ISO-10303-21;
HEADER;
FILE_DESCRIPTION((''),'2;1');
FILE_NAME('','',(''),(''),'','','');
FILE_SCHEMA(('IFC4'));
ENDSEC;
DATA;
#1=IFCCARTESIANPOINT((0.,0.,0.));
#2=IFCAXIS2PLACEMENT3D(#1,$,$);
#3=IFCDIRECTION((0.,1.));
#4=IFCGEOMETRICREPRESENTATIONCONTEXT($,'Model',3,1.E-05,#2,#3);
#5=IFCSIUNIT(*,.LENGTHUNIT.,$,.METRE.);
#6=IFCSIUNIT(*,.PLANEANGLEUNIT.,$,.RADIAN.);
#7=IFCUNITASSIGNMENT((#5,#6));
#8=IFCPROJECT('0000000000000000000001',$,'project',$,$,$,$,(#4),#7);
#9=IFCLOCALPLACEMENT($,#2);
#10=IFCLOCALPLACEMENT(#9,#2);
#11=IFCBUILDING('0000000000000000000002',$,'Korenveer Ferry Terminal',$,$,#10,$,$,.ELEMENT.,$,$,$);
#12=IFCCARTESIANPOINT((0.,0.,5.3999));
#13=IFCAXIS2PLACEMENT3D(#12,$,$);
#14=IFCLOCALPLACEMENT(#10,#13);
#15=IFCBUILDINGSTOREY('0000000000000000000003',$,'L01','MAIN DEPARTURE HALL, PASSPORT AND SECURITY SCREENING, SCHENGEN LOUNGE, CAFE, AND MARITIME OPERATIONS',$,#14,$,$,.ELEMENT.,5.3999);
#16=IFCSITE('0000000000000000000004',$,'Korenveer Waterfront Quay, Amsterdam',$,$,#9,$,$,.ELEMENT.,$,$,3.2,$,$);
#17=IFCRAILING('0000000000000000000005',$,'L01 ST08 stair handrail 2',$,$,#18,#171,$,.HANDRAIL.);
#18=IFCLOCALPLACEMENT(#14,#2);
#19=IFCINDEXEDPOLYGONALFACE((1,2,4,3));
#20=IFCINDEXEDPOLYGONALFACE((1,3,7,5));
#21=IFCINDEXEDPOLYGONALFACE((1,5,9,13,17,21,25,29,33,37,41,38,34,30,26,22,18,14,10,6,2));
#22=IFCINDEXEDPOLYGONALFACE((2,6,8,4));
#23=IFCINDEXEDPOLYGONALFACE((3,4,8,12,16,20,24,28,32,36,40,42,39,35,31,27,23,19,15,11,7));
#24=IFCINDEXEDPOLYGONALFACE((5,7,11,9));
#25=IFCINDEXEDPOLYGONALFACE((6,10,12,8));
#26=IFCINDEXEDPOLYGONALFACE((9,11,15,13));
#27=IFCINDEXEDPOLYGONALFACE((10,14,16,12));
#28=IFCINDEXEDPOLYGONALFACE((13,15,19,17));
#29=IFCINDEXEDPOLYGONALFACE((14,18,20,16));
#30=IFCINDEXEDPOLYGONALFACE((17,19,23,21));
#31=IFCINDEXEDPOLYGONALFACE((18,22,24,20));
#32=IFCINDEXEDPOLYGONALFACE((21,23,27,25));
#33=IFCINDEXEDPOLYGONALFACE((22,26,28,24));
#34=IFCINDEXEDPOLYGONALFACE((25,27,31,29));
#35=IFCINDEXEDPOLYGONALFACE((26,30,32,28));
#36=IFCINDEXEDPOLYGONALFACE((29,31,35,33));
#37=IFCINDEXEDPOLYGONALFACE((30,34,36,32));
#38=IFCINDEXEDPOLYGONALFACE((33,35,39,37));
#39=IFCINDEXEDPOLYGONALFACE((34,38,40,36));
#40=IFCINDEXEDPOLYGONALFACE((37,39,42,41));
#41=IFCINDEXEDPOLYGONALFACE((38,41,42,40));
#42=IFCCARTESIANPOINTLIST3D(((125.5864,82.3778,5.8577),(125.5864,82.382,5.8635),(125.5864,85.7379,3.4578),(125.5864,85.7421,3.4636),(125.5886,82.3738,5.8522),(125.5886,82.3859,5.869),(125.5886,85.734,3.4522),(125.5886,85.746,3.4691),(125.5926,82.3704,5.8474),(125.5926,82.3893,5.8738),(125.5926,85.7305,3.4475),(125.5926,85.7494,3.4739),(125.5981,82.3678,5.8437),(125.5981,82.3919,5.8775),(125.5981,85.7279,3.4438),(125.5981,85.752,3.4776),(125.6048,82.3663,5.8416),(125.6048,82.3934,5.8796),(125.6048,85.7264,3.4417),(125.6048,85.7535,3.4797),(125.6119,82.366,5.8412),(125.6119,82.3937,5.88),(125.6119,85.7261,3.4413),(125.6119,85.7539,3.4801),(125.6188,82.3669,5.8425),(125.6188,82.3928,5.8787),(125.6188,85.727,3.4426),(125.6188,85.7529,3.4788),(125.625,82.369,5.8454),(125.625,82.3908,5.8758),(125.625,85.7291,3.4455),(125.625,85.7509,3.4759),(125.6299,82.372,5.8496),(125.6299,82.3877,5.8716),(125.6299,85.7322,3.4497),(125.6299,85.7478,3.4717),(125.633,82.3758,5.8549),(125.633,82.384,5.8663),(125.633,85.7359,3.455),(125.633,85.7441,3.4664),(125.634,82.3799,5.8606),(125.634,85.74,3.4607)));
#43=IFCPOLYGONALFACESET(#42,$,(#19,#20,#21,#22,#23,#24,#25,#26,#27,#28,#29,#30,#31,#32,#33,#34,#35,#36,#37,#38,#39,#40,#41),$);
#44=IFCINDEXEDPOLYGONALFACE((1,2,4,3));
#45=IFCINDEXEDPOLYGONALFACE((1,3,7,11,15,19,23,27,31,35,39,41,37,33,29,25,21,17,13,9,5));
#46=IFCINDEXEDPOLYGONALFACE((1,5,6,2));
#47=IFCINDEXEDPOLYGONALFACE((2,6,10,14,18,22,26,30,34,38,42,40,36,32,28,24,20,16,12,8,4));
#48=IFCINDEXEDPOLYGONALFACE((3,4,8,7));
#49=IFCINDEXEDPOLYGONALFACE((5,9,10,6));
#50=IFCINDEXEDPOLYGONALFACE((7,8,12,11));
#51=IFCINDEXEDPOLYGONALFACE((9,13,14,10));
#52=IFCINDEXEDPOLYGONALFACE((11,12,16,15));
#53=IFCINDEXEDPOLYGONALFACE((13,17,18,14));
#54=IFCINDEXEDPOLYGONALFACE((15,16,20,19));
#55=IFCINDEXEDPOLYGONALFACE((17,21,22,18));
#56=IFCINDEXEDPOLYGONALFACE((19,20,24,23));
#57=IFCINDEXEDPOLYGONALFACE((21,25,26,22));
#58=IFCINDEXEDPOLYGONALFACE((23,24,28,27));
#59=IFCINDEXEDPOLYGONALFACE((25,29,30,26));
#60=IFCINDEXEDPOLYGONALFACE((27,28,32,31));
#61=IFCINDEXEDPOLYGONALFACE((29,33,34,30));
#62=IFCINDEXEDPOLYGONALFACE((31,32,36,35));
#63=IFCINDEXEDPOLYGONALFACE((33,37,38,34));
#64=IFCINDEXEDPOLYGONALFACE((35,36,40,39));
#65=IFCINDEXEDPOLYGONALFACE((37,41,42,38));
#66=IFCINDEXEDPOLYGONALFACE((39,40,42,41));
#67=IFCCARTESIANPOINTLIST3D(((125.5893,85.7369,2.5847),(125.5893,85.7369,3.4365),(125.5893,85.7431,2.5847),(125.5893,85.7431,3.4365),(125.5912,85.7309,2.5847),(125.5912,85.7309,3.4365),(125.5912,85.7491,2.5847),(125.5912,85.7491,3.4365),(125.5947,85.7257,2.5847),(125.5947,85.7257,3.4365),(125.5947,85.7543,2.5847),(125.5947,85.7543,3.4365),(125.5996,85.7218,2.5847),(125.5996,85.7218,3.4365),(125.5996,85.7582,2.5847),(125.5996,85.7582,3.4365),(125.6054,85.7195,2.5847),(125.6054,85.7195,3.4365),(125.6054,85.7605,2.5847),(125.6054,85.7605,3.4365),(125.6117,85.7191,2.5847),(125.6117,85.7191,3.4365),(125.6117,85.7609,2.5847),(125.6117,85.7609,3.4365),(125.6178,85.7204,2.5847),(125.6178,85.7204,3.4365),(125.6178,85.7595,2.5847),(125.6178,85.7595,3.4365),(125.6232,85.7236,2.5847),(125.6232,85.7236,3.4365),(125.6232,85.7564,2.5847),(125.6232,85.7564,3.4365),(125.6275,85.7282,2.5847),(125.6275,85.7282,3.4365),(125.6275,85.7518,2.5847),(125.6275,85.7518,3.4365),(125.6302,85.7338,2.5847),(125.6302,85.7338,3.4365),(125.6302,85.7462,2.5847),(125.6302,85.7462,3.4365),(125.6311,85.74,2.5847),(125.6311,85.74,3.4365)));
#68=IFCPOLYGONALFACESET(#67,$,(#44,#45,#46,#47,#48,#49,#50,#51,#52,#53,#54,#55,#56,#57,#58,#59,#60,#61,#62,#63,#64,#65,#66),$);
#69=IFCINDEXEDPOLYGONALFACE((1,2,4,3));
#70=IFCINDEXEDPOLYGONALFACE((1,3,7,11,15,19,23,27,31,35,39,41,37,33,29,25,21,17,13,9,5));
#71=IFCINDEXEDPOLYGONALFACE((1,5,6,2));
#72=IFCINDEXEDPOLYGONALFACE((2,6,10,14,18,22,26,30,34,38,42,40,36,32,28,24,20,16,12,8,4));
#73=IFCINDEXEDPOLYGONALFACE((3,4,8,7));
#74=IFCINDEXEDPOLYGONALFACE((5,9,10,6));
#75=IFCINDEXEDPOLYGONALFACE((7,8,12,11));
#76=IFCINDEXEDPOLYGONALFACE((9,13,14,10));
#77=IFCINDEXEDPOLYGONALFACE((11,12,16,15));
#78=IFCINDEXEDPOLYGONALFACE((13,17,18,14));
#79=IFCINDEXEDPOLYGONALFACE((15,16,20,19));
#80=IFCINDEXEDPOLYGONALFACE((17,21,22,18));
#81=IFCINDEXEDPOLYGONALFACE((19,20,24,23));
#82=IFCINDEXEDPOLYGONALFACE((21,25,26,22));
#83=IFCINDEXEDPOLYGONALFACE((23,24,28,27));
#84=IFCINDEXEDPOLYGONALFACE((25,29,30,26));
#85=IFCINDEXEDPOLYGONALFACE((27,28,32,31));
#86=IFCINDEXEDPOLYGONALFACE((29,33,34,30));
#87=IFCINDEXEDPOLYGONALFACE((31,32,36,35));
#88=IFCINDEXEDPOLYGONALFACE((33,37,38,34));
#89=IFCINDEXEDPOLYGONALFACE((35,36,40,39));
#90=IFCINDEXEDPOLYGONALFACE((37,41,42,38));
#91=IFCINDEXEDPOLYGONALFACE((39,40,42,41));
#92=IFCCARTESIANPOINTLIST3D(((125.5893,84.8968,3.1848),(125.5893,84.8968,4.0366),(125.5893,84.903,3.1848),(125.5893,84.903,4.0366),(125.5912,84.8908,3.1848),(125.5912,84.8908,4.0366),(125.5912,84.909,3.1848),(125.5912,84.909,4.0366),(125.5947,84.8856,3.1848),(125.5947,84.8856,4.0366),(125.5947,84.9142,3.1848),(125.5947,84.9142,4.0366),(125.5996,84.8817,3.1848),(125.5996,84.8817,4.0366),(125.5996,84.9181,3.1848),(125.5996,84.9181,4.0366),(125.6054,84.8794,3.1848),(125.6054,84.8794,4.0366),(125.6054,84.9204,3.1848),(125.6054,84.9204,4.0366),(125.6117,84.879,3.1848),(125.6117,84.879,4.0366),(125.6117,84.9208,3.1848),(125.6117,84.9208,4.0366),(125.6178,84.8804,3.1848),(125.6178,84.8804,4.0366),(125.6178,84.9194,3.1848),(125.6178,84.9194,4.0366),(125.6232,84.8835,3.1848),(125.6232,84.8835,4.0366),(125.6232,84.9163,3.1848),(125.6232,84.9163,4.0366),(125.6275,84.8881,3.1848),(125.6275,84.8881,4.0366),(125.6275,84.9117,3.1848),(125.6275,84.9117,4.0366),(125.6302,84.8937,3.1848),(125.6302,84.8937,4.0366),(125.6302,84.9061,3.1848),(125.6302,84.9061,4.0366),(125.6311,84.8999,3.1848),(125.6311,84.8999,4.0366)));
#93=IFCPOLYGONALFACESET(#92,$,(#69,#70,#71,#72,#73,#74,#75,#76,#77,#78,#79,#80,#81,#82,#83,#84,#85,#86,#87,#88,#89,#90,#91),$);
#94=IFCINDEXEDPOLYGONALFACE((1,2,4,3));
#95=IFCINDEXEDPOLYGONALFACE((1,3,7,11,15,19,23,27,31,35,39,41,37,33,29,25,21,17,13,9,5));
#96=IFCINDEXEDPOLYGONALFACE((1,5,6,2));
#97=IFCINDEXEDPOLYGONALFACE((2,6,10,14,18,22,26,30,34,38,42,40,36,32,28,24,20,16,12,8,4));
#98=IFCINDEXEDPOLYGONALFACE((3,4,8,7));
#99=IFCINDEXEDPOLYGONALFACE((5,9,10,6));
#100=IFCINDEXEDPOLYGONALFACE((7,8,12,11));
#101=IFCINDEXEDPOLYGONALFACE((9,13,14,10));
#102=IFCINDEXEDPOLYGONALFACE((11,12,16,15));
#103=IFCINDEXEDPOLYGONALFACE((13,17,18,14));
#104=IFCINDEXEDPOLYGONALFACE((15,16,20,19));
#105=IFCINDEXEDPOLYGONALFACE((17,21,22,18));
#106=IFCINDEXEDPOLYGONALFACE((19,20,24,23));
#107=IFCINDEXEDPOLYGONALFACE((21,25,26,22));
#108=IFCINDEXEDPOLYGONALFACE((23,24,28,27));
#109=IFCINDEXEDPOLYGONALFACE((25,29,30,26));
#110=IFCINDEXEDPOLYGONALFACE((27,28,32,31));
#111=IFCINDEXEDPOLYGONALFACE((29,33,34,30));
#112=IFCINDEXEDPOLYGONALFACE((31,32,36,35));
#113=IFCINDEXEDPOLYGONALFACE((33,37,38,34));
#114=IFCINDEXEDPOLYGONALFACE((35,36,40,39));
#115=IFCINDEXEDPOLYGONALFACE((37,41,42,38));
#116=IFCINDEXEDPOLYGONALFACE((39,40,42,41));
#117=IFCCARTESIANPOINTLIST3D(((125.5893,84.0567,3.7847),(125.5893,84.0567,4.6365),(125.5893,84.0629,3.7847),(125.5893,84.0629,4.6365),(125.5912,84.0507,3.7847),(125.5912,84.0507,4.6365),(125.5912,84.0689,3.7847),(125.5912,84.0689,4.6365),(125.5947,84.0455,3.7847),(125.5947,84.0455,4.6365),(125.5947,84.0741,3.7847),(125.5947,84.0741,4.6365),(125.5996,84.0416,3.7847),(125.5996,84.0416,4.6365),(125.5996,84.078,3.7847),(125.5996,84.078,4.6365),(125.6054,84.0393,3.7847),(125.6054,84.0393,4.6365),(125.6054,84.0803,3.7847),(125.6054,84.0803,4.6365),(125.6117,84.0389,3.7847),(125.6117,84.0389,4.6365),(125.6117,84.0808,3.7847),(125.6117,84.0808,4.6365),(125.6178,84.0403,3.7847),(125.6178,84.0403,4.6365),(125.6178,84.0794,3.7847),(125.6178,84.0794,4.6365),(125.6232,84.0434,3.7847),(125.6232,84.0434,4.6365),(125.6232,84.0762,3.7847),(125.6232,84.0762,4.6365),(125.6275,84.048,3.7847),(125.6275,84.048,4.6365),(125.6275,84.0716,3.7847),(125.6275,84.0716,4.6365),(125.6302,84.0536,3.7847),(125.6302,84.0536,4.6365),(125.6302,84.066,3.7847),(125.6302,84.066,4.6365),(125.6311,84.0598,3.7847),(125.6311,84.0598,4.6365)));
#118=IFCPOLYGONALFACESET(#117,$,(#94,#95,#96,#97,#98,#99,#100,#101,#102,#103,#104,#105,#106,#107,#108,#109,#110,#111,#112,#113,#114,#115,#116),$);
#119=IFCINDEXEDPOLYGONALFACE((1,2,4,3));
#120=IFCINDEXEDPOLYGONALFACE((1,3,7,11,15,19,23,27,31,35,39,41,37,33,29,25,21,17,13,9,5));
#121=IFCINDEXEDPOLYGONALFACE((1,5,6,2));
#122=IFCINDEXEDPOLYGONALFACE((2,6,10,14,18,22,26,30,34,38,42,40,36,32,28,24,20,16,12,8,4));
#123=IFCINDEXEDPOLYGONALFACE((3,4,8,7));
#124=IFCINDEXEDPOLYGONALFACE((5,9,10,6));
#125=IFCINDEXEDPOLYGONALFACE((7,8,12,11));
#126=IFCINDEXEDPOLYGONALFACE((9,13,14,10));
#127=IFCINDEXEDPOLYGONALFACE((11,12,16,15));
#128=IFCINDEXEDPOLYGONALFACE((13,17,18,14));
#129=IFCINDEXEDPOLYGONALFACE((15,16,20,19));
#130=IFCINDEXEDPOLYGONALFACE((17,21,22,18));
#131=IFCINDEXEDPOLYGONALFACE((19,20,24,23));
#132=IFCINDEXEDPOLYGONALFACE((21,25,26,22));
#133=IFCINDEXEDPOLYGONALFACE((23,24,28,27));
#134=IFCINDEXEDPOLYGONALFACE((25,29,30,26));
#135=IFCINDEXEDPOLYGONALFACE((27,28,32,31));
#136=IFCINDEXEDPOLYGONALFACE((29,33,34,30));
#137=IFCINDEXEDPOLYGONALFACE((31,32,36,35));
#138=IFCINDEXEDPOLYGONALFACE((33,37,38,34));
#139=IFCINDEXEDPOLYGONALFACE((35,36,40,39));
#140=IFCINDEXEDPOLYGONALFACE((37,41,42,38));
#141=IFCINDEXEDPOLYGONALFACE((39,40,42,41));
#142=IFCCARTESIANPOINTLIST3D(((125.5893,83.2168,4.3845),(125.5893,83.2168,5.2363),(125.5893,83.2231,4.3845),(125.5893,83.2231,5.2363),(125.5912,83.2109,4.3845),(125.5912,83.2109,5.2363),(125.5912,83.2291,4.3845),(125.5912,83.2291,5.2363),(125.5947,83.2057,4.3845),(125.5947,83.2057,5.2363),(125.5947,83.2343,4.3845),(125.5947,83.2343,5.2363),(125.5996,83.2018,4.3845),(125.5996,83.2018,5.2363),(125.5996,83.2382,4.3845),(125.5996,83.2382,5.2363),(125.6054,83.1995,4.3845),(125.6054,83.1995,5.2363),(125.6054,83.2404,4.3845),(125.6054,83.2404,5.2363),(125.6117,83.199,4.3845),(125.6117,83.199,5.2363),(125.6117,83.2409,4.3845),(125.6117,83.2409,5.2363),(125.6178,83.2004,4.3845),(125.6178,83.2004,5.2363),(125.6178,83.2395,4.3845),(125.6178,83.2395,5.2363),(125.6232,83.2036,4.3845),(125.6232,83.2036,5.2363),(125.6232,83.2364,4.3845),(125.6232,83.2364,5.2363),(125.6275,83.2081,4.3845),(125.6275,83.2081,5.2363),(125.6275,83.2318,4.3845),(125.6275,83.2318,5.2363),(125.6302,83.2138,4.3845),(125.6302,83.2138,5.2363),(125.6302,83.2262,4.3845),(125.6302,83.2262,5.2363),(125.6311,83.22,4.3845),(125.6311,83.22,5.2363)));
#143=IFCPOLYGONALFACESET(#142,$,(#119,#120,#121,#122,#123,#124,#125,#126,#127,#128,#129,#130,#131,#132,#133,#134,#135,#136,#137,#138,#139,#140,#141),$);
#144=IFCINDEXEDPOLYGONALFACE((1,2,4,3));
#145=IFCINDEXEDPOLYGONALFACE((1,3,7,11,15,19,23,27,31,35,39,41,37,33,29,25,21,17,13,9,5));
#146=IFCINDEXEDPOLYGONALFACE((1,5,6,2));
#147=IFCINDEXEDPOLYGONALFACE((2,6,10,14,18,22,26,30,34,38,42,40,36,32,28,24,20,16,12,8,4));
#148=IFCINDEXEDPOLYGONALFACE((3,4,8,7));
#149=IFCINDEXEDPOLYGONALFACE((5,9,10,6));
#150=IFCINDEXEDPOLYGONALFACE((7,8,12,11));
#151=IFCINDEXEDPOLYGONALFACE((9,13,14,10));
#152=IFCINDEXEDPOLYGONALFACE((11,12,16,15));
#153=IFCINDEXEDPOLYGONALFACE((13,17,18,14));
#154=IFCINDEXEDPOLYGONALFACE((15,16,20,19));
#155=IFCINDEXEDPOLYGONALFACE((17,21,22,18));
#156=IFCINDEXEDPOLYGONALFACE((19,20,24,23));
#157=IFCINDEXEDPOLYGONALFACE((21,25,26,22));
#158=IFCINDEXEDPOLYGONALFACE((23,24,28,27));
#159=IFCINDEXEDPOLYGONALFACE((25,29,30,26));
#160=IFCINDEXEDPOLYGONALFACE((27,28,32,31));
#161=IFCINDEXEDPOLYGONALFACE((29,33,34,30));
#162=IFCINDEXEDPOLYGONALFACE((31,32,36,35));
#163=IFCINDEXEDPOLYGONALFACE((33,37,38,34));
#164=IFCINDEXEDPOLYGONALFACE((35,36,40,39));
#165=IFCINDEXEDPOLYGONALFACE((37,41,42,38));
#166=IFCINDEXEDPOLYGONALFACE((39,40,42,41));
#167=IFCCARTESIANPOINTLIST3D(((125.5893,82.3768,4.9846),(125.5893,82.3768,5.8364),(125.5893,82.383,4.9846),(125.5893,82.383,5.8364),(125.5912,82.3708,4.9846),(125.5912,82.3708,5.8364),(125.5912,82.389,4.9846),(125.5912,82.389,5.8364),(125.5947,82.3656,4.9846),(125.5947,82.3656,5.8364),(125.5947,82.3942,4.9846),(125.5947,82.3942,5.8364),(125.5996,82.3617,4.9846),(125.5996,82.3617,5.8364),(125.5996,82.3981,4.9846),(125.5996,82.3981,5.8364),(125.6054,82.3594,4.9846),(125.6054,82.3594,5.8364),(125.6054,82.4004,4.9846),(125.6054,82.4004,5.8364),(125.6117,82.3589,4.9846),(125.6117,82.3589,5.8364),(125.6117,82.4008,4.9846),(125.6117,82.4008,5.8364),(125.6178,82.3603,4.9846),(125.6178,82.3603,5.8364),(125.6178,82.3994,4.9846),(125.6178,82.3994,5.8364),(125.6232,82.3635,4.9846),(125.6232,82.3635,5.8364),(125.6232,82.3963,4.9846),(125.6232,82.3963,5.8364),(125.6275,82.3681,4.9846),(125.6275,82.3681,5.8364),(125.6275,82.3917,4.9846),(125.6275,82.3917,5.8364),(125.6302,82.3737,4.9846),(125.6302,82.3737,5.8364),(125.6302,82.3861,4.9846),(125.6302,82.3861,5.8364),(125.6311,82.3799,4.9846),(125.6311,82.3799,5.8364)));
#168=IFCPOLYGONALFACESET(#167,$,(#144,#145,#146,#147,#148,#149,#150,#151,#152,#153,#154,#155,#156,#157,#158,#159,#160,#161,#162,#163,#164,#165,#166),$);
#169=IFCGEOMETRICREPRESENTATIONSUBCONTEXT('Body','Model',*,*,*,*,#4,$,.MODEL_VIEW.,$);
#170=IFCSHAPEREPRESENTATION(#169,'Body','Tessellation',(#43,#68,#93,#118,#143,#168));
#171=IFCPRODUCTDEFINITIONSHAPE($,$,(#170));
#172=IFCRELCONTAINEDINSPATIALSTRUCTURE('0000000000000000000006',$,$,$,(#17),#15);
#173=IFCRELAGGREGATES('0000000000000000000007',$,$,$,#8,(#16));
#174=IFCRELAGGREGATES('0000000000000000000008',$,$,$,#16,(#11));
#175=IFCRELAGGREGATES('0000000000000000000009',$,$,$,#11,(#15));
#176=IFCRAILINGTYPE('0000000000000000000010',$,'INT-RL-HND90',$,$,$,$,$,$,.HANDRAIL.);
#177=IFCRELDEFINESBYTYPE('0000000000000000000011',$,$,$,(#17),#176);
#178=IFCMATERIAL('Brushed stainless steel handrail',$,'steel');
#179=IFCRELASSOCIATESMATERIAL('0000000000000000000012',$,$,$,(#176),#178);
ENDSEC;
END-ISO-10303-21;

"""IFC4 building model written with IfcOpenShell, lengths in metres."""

from ifc_helpers import new_model, si_unit, direction, frame, origin, origin_2d, place, context, subcontext, project, spatial, circle, extrude, material, type_object, element, save


model = new_model("IFC4")

# Units and contexts
model_context = context("Model", 3, precision=1e-05, world=origin(), true_north=direction((0.0, 1.0)))
body_context = subcontext(model_context, "Body", "Model", "MODEL_VIEW")
ifc_project = project(units=[si_unit("LENGTHUNIT", "METRE"), si_unit("PLANEANGLEUNIT", "RADIAN")], contexts=[model_context])

# Site, building, storey
site_placement = place(None, origin())
site = spatial("IfcSite", under=ifc_project, at=site_placement, Name="Korenveer Waterfront Quay, Amsterdam", CompositionType="ELEMENT", RefElevation=3.2)
building_placement = place(site_placement, origin())
building = spatial("IfcBuilding", under=site, at=building_placement, Name="Korenveer Ferry Terminal", CompositionType="ELEMENT")
storey_placement = place(building_placement, frame((0.0, 0.0, 5.3999)))
storey = spatial("IfcBuildingStorey", under=building, at=storey_placement, Name="L01", Description="MAIN DEPARTURE HALL, PASSPORT AND SECURITY SCREENING, SCHENGEN LOUNGE, CAFE, AND MARITIME OPERATIONS", CompositionType="ELEMENT", Elevation=5.3999)

# Railing
ifc_material_1 = material(Name="Brushed stainless steel handrail", Category="steel")
railing_type_1 = type_object("IfcRailingType", Name="INT-RL-HND90", PredefinedType="HANDRAIL", material=ifc_material_1)
railing_1_placement = place(storey_placement, frame((125.6101, 85.74, 2.5847)))
element("IfcRailing", 1, at=railing_1_placement, inside=storey, type_object=railing_type_1, Name="L01 ST08 stair handrail 2", PredefinedType="HANDRAIL", context=body_context, shape_type="SweptSolid", body=[
    extrude(circle(Radius=0.0239, at=origin_2d()), frame((0.0, 0.0, 0.876), z_axis=(0.0, -0.813753, 0.58121), x_axis=(1.0, 0.0, 0.0)), (0.0, 0.0, 1.0), 4.1292),
    extrude(circle(Radius=0.021, at=origin_2d()), origin(), (0.0, 0.0, 1.0), 0.8518),
    extrude(circle(Radius=0.021, at=origin_2d()), frame((0.0, -0.8401, 0.6001)), (0.0, 0.0, 1.0), 0.8518),
    extrude(circle(Radius=0.021, at=origin_2d()), frame((0.0, -1.6802, 1.2)), (0.0, 0.0, 1.0), 0.8518),
    extrude(circle(Radius=0.021, at=origin_2d()), frame((0.0, -2.52, 1.7998)), (0.0, 0.0, 1.0), 0.8518),
    extrude(circle(Radius=0.021, at=origin_2d()), frame((0.0, -3.3601, 2.3999)), (0.0, 0.0, 1.0), 0.8518),
])

save(model, "model.ifc")
